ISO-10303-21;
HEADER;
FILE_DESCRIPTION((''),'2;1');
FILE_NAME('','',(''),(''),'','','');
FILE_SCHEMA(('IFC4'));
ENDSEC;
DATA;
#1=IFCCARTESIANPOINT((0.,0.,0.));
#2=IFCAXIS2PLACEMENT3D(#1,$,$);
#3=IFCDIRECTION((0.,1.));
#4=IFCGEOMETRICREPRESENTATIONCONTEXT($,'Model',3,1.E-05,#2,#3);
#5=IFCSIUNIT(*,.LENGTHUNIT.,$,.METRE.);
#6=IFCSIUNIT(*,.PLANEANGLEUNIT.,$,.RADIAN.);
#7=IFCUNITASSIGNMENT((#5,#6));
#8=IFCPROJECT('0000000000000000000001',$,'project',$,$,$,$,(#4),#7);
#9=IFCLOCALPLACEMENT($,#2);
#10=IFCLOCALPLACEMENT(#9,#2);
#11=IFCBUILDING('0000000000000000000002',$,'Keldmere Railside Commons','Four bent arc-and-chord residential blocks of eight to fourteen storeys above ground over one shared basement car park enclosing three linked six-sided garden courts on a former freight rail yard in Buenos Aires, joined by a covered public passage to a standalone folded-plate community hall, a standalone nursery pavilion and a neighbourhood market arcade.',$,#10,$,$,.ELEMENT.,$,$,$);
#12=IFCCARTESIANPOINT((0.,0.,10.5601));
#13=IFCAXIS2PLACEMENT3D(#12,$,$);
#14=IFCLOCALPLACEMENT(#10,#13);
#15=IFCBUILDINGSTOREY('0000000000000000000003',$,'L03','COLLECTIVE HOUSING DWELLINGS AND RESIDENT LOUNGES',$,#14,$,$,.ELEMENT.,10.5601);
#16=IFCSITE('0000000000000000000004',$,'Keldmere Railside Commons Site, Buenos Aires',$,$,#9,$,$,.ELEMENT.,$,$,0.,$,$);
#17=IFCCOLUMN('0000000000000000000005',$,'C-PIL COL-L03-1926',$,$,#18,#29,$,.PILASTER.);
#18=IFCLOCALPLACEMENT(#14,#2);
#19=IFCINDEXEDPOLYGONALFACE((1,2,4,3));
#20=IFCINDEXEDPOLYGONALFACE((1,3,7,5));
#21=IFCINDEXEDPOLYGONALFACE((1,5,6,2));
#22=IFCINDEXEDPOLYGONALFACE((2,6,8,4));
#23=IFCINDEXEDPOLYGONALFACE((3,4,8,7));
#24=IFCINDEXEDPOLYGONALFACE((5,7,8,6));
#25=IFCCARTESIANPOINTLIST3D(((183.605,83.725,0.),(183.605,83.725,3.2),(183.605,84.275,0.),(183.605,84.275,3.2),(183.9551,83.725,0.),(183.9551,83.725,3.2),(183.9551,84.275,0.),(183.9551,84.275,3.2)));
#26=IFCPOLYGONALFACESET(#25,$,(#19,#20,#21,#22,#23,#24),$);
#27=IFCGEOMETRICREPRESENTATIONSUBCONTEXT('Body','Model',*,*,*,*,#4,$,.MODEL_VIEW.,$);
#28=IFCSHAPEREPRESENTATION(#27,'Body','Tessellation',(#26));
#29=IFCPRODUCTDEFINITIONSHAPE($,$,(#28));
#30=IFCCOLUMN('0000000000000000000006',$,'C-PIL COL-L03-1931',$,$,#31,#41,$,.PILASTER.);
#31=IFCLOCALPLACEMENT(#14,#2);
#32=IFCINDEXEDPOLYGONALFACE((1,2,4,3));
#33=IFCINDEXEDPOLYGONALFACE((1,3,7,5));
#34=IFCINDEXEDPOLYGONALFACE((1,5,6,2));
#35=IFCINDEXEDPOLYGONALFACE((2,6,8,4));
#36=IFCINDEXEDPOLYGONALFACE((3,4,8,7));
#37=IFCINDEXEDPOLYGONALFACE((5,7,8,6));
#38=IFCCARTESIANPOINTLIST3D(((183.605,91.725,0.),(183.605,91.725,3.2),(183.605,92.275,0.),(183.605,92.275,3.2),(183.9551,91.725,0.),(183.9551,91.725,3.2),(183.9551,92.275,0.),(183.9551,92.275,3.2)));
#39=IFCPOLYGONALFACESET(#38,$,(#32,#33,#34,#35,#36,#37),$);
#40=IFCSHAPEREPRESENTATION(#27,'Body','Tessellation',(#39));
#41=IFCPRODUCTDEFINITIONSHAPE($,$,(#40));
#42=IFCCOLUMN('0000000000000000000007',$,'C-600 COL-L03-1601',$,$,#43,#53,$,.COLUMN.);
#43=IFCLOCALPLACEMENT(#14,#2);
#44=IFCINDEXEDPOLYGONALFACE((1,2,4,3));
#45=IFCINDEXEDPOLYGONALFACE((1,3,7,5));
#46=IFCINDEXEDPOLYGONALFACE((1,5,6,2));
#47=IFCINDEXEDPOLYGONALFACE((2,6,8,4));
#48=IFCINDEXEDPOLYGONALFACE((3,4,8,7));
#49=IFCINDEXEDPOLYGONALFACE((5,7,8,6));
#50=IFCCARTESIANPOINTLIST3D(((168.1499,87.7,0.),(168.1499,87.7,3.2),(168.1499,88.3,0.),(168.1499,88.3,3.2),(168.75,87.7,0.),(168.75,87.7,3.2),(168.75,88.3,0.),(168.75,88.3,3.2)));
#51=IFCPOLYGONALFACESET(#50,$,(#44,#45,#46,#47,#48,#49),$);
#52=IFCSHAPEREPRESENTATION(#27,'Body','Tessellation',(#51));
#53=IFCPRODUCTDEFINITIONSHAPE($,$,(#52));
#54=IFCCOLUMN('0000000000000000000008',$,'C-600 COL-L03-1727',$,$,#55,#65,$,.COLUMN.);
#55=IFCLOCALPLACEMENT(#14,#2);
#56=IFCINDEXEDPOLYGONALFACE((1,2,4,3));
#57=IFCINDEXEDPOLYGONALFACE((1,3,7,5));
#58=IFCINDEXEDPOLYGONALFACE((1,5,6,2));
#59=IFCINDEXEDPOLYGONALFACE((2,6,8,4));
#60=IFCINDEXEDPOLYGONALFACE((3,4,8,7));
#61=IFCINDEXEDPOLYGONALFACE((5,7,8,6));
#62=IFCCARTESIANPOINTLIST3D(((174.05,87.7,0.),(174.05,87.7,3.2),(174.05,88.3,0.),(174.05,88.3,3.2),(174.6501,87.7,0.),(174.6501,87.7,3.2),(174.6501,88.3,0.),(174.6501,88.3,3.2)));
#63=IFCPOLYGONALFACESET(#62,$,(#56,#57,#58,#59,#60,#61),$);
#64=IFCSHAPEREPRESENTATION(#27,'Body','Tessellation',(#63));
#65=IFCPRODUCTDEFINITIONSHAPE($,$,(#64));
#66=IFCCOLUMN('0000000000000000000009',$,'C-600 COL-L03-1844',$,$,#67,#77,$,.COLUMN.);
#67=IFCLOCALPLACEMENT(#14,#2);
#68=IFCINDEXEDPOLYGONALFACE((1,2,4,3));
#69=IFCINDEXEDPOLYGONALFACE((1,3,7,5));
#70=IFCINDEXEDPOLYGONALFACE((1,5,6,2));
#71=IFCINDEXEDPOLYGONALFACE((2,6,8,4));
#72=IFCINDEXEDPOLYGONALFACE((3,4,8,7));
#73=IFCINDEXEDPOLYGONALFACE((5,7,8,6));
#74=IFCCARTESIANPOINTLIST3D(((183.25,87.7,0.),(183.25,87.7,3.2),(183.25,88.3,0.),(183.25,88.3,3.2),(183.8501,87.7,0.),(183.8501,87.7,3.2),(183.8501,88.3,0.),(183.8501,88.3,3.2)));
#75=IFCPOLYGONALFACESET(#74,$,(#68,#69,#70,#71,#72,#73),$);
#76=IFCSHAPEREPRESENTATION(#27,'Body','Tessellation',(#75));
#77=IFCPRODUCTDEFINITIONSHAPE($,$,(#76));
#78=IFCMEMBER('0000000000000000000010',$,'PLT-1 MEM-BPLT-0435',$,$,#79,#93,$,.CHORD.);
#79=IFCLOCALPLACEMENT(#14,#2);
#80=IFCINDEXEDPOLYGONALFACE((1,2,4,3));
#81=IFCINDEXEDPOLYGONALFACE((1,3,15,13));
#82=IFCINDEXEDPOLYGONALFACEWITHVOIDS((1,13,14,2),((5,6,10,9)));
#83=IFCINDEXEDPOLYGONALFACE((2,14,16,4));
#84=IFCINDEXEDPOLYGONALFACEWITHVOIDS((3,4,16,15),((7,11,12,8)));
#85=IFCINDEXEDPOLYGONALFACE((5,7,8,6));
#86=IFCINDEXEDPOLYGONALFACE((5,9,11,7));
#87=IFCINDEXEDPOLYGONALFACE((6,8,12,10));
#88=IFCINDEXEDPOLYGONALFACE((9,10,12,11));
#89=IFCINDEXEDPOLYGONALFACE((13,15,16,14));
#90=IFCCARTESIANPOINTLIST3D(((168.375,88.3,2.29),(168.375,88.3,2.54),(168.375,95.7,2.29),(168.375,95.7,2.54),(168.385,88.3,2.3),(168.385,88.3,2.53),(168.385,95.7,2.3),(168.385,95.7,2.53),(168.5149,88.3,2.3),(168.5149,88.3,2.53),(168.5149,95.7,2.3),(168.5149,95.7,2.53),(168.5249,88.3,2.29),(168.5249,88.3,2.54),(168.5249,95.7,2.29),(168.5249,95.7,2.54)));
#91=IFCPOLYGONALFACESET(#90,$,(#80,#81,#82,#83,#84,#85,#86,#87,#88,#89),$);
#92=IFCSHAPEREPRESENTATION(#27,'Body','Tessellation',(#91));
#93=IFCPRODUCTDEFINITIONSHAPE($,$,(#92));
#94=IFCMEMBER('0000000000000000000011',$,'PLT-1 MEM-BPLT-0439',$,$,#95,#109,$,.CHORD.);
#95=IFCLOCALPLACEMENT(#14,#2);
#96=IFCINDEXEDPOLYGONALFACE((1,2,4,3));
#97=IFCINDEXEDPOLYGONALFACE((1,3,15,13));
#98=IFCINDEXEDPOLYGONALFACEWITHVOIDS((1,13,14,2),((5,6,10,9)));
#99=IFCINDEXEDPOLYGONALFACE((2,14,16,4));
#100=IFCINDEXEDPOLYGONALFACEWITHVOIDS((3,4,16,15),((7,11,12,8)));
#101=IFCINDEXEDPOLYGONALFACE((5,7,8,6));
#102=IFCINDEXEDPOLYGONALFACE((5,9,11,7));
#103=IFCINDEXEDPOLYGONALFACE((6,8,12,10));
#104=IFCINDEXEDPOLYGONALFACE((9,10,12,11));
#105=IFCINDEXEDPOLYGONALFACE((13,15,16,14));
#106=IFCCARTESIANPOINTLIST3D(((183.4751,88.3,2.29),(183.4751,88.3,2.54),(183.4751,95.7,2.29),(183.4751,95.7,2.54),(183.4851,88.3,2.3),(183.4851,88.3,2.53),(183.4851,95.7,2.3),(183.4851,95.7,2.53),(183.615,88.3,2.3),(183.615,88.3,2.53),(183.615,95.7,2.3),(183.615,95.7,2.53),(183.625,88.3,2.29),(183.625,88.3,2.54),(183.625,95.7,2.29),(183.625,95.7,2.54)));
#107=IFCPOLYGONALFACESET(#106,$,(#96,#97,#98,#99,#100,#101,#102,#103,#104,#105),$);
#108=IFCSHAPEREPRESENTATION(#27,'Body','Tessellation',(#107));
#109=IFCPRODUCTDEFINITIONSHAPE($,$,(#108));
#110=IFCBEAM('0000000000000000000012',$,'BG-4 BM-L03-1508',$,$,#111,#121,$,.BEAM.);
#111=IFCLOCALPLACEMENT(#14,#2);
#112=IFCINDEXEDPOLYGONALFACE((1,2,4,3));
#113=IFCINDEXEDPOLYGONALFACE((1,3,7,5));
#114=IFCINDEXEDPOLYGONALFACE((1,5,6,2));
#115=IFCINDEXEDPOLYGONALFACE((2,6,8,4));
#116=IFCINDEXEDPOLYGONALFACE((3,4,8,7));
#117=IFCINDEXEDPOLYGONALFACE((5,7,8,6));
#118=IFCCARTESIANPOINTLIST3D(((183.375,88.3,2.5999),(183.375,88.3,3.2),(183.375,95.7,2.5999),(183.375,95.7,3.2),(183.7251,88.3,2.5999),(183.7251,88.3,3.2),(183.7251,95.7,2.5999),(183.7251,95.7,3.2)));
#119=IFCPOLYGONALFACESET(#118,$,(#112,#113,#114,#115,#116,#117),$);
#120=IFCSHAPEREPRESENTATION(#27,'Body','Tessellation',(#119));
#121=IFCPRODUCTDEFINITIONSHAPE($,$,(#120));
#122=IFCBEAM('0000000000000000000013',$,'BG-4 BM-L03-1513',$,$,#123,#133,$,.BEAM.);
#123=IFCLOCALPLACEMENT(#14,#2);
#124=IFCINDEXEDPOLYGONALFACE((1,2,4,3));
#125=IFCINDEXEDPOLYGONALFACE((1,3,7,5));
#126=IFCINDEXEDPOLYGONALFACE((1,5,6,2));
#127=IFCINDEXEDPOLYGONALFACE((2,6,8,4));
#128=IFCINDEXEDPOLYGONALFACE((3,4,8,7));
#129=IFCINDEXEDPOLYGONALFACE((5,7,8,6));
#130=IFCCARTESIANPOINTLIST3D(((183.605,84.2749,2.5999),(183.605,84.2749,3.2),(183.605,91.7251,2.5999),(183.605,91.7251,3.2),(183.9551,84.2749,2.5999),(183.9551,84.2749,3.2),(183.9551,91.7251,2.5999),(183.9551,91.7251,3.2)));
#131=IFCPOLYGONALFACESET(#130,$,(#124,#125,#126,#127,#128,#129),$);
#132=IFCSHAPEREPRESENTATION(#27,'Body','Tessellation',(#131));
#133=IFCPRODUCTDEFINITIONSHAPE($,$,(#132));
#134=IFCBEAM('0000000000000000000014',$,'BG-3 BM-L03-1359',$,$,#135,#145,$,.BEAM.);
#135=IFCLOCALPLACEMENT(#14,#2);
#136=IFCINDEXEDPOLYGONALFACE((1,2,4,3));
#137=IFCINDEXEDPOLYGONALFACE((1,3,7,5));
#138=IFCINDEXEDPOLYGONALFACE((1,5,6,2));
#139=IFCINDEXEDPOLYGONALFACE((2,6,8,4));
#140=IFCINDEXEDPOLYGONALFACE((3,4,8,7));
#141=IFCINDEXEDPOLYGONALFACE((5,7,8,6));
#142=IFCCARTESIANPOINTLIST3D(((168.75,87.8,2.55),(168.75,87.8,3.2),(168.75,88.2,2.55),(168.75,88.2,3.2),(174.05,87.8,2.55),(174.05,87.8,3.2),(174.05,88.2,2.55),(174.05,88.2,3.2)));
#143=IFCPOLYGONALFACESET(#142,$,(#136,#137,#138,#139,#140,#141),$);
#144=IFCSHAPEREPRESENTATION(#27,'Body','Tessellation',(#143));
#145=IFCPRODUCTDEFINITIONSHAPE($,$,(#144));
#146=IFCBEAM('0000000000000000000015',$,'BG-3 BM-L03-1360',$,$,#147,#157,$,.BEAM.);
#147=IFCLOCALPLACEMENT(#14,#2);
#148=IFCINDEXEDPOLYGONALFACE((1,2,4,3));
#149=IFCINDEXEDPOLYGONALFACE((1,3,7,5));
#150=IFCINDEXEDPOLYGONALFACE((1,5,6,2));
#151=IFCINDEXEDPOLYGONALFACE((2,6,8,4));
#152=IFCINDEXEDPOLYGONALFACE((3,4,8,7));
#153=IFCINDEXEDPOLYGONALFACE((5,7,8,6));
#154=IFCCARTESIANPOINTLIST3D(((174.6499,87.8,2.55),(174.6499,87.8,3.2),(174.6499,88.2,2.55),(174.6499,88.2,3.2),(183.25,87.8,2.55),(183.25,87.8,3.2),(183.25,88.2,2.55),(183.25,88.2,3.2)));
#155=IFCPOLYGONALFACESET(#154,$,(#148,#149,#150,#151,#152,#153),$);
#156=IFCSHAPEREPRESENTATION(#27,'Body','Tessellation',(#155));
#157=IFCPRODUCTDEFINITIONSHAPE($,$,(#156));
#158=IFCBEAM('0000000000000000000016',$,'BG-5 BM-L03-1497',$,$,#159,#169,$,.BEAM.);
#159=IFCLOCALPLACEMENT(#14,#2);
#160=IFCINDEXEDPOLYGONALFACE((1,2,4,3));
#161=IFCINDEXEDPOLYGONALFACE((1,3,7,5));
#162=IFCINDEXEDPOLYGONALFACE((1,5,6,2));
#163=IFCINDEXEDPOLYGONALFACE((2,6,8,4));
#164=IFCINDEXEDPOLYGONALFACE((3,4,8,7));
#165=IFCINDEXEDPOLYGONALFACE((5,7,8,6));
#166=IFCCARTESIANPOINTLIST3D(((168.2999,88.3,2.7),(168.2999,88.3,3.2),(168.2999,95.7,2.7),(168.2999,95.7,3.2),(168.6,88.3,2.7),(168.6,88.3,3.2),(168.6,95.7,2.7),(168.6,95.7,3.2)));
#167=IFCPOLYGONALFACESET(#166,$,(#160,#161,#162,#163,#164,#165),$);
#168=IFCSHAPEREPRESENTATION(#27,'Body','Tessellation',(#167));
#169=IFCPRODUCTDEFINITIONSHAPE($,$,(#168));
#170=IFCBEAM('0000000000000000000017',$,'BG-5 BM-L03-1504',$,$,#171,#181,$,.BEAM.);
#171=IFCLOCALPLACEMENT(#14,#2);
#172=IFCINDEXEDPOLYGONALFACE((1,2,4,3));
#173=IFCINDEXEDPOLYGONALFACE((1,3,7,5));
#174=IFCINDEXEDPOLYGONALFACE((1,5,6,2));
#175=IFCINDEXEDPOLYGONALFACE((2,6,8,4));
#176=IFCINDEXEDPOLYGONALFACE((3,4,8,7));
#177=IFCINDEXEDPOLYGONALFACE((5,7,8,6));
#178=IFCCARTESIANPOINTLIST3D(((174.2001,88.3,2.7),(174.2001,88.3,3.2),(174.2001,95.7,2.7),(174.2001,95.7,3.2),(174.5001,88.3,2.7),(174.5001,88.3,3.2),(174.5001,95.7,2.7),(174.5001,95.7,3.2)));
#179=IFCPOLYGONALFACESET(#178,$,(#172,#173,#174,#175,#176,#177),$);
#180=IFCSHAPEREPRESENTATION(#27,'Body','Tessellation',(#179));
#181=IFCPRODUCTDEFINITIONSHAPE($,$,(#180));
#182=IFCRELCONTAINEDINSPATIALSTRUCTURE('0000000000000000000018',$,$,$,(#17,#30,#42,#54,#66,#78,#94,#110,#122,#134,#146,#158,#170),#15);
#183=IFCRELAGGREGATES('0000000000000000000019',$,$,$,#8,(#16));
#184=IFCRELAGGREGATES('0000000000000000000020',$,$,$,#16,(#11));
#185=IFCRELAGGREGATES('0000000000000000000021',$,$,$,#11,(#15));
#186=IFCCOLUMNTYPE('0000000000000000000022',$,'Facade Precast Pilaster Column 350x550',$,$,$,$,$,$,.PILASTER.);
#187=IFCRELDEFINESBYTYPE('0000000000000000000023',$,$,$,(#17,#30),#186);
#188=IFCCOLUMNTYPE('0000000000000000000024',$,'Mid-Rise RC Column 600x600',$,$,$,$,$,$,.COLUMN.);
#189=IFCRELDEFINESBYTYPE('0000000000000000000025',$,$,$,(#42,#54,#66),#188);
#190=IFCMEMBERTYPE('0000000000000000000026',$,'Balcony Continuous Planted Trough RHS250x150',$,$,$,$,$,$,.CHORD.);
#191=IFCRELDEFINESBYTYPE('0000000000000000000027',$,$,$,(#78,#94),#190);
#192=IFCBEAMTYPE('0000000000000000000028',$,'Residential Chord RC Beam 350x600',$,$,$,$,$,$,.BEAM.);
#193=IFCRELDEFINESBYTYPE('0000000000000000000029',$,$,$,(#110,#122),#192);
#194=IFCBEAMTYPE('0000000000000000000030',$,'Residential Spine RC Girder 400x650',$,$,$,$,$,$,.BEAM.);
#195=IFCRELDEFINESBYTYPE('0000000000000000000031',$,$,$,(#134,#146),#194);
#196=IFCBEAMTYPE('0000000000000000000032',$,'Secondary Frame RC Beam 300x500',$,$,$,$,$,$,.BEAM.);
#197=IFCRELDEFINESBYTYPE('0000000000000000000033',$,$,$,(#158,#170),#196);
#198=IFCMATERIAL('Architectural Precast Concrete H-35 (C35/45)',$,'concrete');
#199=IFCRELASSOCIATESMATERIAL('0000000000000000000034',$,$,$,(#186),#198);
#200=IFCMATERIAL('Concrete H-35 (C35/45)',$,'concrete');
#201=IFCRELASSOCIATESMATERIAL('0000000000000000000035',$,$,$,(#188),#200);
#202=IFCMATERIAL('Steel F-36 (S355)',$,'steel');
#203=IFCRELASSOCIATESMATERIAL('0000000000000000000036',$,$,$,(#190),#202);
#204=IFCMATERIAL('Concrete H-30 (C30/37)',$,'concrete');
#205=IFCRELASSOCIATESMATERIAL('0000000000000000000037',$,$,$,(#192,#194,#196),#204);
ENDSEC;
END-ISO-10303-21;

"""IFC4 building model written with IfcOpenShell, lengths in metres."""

from ifc_helpers import new_model, si_unit, direction, frame, origin, origin_2d, place, context, subcontext, project, spatial, rectangle, hollow_rectangle, extrude, material, material_profile, profile_set, type_object, element, save


model = new_model("IFC4")

# Units and contexts
model_context = context("Model", 3, precision=1e-05, world=origin(), true_north=direction((0.0, 1.0)))
body_context = subcontext(model_context, "Body", "Model", "MODEL_VIEW")
ifc_project = project(units=[si_unit("LENGTHUNIT", "METRE"), si_unit("PLANEANGLEUNIT", "RADIAN")], contexts=[model_context])

# Site, building, storey
site_placement = place(None, origin())
site = spatial("IfcSite", under=ifc_project, at=site_placement, Name="Keldmere Railside Commons Site, Buenos Aires", CompositionType="ELEMENT", RefElevation=0.0)
building_placement = place(site_placement, origin())
building = spatial("IfcBuilding", under=site, at=building_placement, Name="Keldmere Railside Commons", Description="Four bent arc-and-chord residential blocks of eight to fourteen storeys above ground over one shared basement car park enclosing three linked six-sided garden courts on a former freight rail yard in Buenos Aires, joined by a covered public passage to a standalone folded-plate community hall, a standalone nursery pavilion and a neighbourhood market arcade.", CompositionType="ELEMENT")
storey_placement = place(building_placement, frame((0.0, 0.0, 10.5601)))
storey = spatial("IfcBuildingStorey", under=building, at=storey_placement, Name="L03", Description="COLLECTIVE HOUSING DWELLINGS AND RESIDENT LOUNGES", CompositionType="ELEMENT", Elevation=10.5601)

# Columns
ifc_material_1 = material(Name="Architectural Precast Concrete H-35 (C35/45)", Category="concrete")
ifc_material_profile_1 = material_profile(ifc_material_1, rectangle(XDim=0.3501, YDim=0.55, at=origin_2d()), Name="RC-350x550")
ifc_profile_set_1 = profile_set([ifc_material_profile_1], Name="Architectural Precast Concrete H-35 (C35/45)")
column_type_1 = type_object("IfcColumnType", Name="Facade Precast Pilaster Column 350x550", PredefinedType="PILASTER", material=ifc_profile_set_1)
for number, where, z_axis, x_axis, name in (
    (1, (183.78, 84.0, 0.0), (0.0, 0.0, 1.0), (1.0, 0.0, 0.0), "C-PIL COL-L03-1926"),
    (2, (183.78, 92.0, 0.0), (0.0, 0.0, 1.0), (1.0, 0.0, 0.0), "C-PIL COL-L03-1931"),
):
    element("IfcColumn", number, at=place(storey_placement, frame(where, z_axis=z_axis, x_axis=x_axis)), inside=storey, type_object=column_type_1, Name=name, PredefinedType="PILASTER", context=body_context, shape_type="SweptSolid", body=[
        extrude(rectangle(XDim=0.3501, YDim=0.55, at=origin_2d()), origin(), (0.0, 0.0, 1.0), 3.2),
    ])
ifc_material_2 = material(Name="Concrete H-35 (C35/45)", Category="concrete")
ifc_material_profile_2 = material_profile(ifc_material_2, rectangle(XDim=0.6001, YDim=0.6001, at=origin_2d()), Name="RC-600x600")
ifc_profile_set_2 = profile_set([ifc_material_profile_2], Name="Concrete H-35 (C35/45)")
column_type_2 = type_object("IfcColumnType", Name="Mid-Rise RC Column 600x600", PredefinedType="COLUMN", material=ifc_profile_set_2)
for number, where, z_axis, x_axis, name in (
    (3, (168.45, 88.0, 0.0), (0.0, 0.0, 1.0), (1.0, 0.0, 0.0), "C-600 COL-L03-1601"),
    (4, (174.3501, 88.0, 0.0), (0.0, 0.0, 1.0), (1.0, 0.0, 0.0), "C-600 COL-L03-1727"),
    (5, (183.55, 88.0, 0.0), (0.0, 0.0, 1.0), (1.0, 0.0, 0.0), "C-600 COL-L03-1844"),
):
    element("IfcColumn", number, at=place(storey_placement, frame(where, z_axis=z_axis, x_axis=x_axis)), inside=storey, type_object=column_type_2, Name=name, PredefinedType="COLUMN", context=body_context, shape_type="SweptSolid", body=[
        extrude(rectangle(XDim=0.6001, YDim=0.6001, at=origin_2d()), origin(), (0.0, 0.0, 1.0), 3.2),
    ])

# Members
ifc_material_3 = material(Name="Steel F-36 (S355)", Category="steel")
ifc_material_profile_3 = material_profile(ifc_material_3, hollow_rectangle(XDim=0.1499, YDim=0.25, WallThickness=0.01, at=origin_2d()), Name="RHS-250x150x10")
ifc_profile_set_3 = profile_set([ifc_material_profile_3], Name="Steel F-36 (S355)")
member_type_1 = type_object("IfcMemberType", Name="Balcony Continuous Planted Trough RHS250x150", PredefinedType="CHORD", material=ifc_profile_set_3)
for number, where, z_axis, x_axis, name in (
    (6, (168.45, 88.3, 2.415), (0.0, 1.0, 0.0), (-1.0, 0.0, 0.0), "PLT-1 MEM-BPLT-0435"),
    (7, (183.55, 88.3, 2.415), (0.0, 1.0, 0.0), (-1.0, 0.0, 0.0), "PLT-1 MEM-BPLT-0439"),
):
    element("IfcMember", number, at=place(storey_placement, frame(where, z_axis=z_axis, x_axis=x_axis)), inside=storey, type_object=member_type_1, Name=name, PredefinedType="CHORD", context=body_context, shape_type="SweptSolid", body=[
        extrude(hollow_rectangle(XDim=0.1499, YDim=0.25, WallThickness=0.01, at=origin_2d()), origin(), (0.0, 0.0, 1.0), 7.3999),
    ])

# Beams
ifc_material_4 = material(Name="Concrete H-30 (C30/37)", Category="concrete")
ifc_material_profile_4 = material_profile(ifc_material_4, rectangle(XDim=0.3501, YDim=0.6001, at=origin_2d()), Name="RC-350x600")
ifc_profile_set_4 = profile_set([ifc_material_profile_4], Name="Concrete H-30 (C30/37)")
beam_type_1 = type_object("IfcBeamType", Name="Residential Chord RC Beam 350x600", PredefinedType="BEAM", material=ifc_profile_set_4)
beam_1_placement = place(storey_placement, frame((183.55, 88.3, 2.8999), z_axis=(0.0, 1.0, 0.0), x_axis=(-1.0, 0.0, 0.0)))
element("IfcBeam", 8, at=beam_1_placement, inside=storey, type_object=beam_type_1, Name="BG-4 BM-L03-1508", PredefinedType="BEAM", context=body_context, shape_type="SweptSolid", body=[
    extrude(rectangle(XDim=0.3501, YDim=0.6001, at=origin_2d()), origin(), (0.0, 0.0, 1.0), 7.3999),
])
beam_2_placement = place(storey_placement, frame((183.78, 84.2749, 2.8999), z_axis=(0.0, 1.0, 0.0), x_axis=(-1.0, 0.0, 0.0)))
element("IfcBeam", 9, at=beam_2_placement, inside=storey, type_object=beam_type_1, Name="BG-4 BM-L03-1513", PredefinedType="BEAM", context=body_context, shape_type="SweptSolid", body=[
    extrude(rectangle(XDim=0.3501, YDim=0.6001, at=origin_2d()), origin(), (0.0, 0.0, 1.0), 7.4502),
])
ifc_material_profile_5 = material_profile(ifc_material_4, rectangle(XDim=0.3999, YDim=0.6499, at=origin_2d()), Name="RC-400x650")
ifc_profile_set_5 = profile_set([ifc_material_profile_5], Name="Concrete H-30 (C30/37)")
beam_type_2 = type_object("IfcBeamType", Name="Residential Spine RC Girder 400x650", PredefinedType="BEAM", material=ifc_profile_set_5)
beam_3_placement = place(storey_placement, frame((168.75, 88.0, 2.875), z_axis=(1.0, 0.0, 0.0), x_axis=(0.0, 1.0, 0.0)))
element("IfcBeam", 10, at=beam_3_placement, inside=storey, type_object=beam_type_2, Name="BG-3 BM-L03-1359", PredefinedType="BEAM", context=body_context, shape_type="SweptSolid", body=[
    extrude(rectangle(XDim=0.3999, YDim=0.6499, at=origin_2d()), origin(), (0.0, 0.0, 1.0), 5.3),
])
beam_4_placement = place(storey_placement, frame((174.6499, 88.0, 2.875), z_axis=(1.0, 0.0, 0.0), x_axis=(0.0, 1.0, 0.0)))
element("IfcBeam", 11, at=beam_4_placement, inside=storey, type_object=beam_type_2, Name="BG-3 BM-L03-1360", PredefinedType="BEAM", context=body_context, shape_type="SweptSolid", body=[
    extrude(rectangle(XDim=0.3999, YDim=0.6499, at=origin_2d()), origin(), (0.0, 0.0, 1.0), 8.6001),
])
ifc_material_profile_6 = material_profile(ifc_material_4, rectangle(XDim=0.3, YDim=0.5, at=origin_2d()), Name="RC-300x500")
ifc_profile_set_6 = profile_set([ifc_material_profile_6], Name="Concrete H-30 (C30/37)")
beam_type_3 = type_object("IfcBeamType", Name="Secondary Frame RC Beam 300x500", PredefinedType="BEAM", material=ifc_profile_set_6)
for number, where, z_axis, x_axis, name in (
    (12, (168.45, 88.3, 2.95), (0.0, 1.0, 0.0), (-1.0, 0.0, 0.0), "BG-5 BM-L03-1497"),
    (13, (174.3501, 88.3, 2.95), (0.0, 1.0, 0.0), (-1.0, 0.0, 0.0), "BG-5 BM-L03-1504"),
):
    element("IfcBeam", number, at=place(storey_placement, frame(where, z_axis=z_axis, x_axis=x_axis)), inside=storey, type_object=beam_type_3, Name=name, PredefinedType="BEAM", context=body_context, shape_type="SweptSolid", body=[
        extrude(rectangle(XDim=0.3, YDim=0.5, at=origin_2d()), origin(), (0.0, 0.0, 1.0), 7.3999),
    ])

save(model, "model.ifc")
